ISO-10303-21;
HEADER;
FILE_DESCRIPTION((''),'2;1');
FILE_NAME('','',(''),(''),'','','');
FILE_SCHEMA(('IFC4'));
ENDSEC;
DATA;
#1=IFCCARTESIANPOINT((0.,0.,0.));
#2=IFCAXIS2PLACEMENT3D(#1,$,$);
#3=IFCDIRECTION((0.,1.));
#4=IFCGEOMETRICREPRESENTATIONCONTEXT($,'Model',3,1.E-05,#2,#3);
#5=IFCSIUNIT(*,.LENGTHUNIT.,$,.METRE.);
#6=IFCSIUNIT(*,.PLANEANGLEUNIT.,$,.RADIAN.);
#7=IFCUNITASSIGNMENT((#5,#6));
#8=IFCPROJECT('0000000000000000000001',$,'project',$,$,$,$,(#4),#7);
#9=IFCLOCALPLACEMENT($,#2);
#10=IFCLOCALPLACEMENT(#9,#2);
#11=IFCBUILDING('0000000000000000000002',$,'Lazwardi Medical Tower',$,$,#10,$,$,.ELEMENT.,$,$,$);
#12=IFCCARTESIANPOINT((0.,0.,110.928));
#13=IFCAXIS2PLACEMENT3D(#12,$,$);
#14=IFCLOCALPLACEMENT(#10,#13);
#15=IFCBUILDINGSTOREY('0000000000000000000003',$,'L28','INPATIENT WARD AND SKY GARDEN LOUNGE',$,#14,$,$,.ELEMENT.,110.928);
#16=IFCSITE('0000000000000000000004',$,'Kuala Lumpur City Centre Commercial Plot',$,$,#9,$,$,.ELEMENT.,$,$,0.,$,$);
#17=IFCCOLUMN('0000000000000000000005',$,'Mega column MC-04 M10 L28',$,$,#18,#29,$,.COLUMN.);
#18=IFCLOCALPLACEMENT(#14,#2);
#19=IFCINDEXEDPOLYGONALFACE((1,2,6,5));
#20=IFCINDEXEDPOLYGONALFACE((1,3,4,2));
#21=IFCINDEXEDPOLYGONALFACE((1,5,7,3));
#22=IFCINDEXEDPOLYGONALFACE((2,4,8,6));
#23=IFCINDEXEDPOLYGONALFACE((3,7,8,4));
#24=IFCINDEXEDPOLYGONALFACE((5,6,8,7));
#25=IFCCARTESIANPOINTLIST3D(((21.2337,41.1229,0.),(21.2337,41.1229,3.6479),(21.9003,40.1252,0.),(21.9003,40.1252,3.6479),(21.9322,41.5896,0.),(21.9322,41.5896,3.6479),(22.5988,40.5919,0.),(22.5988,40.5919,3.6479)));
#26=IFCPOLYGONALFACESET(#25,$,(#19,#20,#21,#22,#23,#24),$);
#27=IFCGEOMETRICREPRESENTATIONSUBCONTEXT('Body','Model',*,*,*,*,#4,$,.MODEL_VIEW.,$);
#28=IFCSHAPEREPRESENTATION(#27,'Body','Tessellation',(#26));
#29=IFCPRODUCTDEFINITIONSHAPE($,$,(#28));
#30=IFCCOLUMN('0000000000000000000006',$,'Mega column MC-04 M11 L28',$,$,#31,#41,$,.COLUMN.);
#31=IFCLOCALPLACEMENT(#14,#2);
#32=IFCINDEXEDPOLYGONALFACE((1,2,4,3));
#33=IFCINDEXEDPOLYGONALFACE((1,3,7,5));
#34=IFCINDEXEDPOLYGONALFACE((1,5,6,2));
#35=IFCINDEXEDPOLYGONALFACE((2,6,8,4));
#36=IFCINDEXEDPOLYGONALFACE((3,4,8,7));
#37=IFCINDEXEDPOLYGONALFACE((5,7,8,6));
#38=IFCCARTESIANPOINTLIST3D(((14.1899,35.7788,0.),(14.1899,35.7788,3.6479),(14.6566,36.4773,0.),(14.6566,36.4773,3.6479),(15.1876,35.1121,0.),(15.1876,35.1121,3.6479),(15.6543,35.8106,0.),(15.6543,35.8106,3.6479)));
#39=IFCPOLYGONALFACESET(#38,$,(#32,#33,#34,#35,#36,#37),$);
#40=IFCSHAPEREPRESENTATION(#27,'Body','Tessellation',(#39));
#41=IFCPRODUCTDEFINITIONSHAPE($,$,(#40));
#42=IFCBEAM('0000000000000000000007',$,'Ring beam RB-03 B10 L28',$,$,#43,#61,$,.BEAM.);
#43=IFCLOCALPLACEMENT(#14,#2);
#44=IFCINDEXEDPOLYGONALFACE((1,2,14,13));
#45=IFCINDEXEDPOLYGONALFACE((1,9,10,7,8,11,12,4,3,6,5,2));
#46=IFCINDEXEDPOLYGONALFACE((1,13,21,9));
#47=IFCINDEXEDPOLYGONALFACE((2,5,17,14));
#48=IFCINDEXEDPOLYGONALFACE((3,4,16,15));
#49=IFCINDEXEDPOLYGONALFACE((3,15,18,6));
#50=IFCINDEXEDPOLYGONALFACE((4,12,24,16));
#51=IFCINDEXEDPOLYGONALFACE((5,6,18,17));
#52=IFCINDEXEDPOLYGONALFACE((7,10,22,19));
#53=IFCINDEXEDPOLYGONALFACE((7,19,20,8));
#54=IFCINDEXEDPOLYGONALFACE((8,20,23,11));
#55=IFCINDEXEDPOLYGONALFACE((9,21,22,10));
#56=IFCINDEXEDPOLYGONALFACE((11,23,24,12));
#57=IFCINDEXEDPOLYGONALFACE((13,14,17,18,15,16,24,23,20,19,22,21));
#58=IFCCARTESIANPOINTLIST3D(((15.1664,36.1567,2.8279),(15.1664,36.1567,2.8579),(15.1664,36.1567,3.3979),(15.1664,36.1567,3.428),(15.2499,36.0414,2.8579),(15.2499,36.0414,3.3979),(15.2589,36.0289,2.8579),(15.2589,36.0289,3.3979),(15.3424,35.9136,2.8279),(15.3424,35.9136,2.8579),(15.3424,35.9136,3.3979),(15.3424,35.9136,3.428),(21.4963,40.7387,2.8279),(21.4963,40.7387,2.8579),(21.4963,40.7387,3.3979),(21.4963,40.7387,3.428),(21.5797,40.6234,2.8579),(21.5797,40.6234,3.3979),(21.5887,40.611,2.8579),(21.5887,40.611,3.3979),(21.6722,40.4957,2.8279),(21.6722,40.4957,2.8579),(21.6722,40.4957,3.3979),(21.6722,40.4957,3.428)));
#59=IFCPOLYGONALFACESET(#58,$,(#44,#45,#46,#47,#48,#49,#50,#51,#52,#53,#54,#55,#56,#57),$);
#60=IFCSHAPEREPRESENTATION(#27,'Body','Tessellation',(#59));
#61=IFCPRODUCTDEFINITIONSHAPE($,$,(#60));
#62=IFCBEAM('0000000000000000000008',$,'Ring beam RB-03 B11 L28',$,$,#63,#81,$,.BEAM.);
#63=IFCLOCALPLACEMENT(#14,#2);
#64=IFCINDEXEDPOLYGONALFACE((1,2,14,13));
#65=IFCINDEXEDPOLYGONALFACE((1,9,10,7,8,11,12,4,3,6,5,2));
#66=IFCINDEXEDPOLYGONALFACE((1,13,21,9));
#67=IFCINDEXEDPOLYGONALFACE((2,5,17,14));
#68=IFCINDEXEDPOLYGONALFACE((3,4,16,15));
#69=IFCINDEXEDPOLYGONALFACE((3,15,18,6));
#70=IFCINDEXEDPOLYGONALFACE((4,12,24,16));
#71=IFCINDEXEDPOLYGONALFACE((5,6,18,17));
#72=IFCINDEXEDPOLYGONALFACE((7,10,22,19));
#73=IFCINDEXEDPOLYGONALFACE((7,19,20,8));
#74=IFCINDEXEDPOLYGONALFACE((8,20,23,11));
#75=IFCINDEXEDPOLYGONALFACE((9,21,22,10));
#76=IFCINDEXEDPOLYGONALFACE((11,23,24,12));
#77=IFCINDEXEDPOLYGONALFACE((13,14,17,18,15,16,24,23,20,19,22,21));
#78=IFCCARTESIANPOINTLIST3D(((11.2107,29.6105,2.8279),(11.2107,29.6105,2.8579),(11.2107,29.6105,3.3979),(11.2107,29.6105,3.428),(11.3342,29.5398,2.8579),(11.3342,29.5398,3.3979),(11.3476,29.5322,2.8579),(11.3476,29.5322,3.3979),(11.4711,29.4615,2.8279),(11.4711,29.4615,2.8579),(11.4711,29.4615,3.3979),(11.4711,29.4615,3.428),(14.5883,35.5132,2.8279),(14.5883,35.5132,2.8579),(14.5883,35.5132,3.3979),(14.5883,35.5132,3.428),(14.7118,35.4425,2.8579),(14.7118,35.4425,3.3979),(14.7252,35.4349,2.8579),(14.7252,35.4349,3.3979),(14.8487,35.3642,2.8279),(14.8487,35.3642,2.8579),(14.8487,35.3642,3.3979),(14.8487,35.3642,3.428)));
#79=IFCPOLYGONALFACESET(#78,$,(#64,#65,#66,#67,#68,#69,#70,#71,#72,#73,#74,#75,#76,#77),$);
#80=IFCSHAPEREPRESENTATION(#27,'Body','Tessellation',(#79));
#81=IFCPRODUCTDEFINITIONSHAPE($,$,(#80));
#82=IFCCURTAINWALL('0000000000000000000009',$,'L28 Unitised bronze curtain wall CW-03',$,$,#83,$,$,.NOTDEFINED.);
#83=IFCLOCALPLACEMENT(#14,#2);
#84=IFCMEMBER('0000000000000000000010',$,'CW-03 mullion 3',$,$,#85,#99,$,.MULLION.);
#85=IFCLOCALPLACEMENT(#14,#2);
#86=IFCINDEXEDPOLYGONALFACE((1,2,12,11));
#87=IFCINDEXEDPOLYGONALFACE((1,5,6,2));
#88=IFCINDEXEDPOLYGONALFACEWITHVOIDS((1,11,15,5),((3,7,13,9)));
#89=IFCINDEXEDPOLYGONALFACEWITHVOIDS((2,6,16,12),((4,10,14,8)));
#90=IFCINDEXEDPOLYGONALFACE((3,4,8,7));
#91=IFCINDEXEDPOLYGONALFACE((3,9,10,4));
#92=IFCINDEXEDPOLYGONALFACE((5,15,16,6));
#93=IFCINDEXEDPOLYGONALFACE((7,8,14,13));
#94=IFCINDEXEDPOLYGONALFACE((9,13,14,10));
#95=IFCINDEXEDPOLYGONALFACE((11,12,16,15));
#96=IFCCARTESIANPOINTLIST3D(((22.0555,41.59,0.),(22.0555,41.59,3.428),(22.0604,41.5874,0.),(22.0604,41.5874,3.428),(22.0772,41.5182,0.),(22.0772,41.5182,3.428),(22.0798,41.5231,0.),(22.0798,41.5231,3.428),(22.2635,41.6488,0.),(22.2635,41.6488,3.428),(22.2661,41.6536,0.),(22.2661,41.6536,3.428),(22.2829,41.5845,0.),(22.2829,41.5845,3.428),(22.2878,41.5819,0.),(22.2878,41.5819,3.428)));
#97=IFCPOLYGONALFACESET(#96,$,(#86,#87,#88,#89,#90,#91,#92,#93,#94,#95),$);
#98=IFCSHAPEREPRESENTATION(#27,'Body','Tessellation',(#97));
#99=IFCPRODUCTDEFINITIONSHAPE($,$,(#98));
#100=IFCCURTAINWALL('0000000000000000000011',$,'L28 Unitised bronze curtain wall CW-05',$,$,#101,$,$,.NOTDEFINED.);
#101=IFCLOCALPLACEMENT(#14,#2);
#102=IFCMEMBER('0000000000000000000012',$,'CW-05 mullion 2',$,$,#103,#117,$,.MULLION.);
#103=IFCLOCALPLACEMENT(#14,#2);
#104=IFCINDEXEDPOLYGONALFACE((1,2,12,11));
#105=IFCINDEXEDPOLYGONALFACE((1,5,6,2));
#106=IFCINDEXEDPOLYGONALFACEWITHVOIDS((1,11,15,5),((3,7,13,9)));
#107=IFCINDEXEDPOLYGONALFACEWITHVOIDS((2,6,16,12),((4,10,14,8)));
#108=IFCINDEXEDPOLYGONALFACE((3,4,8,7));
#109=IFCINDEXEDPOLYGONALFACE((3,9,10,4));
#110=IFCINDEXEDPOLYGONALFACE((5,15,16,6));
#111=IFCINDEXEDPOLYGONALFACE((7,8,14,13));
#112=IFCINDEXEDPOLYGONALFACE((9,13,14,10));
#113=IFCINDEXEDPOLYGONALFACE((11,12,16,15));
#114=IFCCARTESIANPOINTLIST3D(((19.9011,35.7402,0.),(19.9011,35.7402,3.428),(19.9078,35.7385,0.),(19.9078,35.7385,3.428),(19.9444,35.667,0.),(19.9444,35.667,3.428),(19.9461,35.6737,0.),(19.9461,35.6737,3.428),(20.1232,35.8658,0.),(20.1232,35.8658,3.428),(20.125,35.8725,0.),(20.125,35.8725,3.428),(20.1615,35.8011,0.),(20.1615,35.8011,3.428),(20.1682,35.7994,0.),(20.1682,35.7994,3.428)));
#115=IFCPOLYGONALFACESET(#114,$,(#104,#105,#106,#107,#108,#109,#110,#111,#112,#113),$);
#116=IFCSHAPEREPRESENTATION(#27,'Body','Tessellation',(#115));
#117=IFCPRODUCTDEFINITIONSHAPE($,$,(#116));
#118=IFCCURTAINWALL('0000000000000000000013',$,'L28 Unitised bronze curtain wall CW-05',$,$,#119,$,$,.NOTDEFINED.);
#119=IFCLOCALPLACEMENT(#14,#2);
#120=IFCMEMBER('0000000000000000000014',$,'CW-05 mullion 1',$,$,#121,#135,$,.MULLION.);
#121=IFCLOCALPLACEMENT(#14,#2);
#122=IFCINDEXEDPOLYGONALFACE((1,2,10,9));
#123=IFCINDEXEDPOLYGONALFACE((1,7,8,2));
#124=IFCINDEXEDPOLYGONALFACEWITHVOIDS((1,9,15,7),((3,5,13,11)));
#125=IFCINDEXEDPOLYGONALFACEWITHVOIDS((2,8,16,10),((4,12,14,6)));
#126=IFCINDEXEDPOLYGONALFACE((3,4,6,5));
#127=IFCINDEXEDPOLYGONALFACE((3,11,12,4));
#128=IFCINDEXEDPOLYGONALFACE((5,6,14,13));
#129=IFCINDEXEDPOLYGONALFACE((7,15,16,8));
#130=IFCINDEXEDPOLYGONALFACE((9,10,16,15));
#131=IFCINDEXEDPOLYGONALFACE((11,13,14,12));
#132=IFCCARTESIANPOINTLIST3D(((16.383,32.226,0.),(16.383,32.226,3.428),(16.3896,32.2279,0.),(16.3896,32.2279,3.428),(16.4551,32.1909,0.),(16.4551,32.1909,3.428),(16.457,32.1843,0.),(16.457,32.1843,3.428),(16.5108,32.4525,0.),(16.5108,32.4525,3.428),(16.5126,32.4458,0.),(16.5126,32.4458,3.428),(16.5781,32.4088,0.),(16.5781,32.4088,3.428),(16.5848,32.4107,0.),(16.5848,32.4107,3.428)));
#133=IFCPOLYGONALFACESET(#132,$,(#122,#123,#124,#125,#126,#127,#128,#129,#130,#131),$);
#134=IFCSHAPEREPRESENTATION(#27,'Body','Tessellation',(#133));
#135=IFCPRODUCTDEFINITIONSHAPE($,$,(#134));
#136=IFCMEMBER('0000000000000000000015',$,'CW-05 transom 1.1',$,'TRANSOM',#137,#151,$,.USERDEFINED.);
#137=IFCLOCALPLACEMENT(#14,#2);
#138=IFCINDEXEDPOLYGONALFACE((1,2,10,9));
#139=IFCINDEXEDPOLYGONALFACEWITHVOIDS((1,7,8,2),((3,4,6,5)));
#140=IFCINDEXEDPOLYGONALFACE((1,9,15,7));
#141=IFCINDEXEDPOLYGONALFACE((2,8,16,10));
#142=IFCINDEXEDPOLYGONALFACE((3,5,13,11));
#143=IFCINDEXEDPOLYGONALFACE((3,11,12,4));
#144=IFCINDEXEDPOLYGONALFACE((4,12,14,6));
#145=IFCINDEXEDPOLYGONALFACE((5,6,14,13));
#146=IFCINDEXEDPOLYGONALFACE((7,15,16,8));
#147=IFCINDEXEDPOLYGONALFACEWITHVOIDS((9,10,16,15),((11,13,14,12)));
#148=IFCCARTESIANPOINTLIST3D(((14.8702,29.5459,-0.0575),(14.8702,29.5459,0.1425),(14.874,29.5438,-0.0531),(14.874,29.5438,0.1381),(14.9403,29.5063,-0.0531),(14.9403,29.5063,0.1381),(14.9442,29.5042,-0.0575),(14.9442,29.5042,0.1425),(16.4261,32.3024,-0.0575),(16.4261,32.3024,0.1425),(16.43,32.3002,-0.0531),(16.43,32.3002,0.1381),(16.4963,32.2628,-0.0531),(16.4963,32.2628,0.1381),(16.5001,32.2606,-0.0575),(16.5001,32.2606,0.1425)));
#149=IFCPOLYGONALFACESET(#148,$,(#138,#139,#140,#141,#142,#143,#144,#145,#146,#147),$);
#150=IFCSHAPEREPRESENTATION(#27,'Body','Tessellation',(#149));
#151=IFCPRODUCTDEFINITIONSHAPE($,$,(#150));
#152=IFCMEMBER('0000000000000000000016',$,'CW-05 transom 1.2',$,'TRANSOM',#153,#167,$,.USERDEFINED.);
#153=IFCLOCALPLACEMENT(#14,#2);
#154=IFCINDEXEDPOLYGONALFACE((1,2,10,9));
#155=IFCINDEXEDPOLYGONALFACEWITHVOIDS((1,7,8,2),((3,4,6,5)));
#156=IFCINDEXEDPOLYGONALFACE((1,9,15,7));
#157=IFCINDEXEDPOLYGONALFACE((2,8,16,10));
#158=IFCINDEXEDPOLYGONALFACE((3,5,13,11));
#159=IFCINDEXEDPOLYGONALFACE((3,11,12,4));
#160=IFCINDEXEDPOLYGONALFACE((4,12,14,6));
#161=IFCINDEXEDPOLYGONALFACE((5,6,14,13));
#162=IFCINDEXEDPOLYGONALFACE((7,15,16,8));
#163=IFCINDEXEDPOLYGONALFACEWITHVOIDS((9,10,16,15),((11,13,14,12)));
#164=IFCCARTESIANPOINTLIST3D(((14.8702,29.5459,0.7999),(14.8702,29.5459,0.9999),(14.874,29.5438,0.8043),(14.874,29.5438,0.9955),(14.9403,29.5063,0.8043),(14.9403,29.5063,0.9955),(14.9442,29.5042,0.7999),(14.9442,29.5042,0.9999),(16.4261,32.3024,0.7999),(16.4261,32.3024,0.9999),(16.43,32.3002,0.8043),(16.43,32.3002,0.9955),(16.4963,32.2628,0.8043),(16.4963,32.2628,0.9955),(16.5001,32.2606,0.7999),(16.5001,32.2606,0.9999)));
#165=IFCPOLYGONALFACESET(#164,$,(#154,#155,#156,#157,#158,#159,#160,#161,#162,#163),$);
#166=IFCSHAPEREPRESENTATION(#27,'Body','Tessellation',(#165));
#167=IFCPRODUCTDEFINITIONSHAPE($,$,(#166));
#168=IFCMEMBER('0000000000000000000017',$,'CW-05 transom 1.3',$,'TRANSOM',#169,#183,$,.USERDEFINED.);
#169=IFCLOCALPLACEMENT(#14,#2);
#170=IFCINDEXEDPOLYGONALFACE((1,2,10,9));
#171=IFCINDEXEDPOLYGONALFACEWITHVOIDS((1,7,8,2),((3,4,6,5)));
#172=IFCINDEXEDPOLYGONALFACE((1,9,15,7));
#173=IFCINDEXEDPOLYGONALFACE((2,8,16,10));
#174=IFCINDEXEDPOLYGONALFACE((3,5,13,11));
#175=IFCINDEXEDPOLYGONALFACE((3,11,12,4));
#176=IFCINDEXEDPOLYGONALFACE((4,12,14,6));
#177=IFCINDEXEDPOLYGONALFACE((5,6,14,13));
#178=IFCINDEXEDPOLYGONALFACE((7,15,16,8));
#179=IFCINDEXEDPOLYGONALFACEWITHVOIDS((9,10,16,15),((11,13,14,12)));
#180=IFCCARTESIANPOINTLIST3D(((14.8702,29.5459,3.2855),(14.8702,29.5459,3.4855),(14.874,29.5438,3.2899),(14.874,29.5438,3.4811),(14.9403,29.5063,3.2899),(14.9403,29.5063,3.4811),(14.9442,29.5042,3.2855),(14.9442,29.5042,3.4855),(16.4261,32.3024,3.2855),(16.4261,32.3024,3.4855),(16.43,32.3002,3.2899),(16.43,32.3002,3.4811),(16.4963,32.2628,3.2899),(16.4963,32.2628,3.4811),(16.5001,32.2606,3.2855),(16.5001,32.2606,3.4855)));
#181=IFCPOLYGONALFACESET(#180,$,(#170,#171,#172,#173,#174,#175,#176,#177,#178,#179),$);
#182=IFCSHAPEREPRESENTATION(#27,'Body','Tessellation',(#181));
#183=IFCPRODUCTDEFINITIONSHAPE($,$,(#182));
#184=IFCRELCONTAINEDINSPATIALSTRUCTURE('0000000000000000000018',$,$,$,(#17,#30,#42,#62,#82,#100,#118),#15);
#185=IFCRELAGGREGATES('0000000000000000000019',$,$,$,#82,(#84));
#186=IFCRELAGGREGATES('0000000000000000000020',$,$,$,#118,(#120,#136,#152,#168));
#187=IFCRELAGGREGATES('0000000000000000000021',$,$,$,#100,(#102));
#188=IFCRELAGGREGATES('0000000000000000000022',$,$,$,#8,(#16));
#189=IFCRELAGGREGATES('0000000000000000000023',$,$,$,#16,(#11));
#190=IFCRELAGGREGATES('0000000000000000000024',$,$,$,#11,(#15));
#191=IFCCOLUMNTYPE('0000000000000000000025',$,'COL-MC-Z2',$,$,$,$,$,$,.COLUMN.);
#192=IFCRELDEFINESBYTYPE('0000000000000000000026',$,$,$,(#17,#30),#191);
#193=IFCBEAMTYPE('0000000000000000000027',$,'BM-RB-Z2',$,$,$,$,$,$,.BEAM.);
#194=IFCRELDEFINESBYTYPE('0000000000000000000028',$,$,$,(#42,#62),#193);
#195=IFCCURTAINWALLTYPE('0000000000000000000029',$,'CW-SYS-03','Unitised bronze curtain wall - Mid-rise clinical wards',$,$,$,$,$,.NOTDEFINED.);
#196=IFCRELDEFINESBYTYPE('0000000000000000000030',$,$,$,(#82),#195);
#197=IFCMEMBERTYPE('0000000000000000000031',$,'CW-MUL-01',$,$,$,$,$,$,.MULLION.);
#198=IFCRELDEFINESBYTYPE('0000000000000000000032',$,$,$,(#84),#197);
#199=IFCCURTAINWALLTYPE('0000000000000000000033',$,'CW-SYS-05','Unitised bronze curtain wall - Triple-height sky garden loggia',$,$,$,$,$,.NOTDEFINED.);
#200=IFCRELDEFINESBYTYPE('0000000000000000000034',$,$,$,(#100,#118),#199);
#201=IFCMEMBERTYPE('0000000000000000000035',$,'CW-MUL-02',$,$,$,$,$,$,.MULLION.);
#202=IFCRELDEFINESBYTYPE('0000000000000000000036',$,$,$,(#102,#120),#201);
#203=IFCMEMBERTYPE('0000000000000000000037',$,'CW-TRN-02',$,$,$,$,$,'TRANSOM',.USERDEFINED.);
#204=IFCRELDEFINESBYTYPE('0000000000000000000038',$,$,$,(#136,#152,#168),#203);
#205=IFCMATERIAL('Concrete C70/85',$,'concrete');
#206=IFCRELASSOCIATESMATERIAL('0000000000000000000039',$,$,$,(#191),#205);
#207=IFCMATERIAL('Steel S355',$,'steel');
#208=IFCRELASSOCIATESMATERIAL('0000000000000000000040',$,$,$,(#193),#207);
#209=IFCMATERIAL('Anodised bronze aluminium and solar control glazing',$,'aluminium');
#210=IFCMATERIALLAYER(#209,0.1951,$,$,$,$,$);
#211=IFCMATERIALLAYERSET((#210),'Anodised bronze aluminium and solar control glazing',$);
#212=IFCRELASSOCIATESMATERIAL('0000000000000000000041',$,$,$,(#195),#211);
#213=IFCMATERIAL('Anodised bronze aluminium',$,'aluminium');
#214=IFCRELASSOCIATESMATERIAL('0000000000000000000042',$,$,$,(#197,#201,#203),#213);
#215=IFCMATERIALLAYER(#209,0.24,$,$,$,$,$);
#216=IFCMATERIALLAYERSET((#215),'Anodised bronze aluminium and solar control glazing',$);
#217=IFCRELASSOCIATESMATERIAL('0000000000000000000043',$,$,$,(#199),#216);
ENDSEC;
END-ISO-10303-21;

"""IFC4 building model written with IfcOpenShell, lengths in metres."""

from ifc_helpers import new_model, si_unit, direction, frame, origin, origin_2d, place, context, subcontext, project, spatial, rectangle, hollow_rectangle, i_section, extrude, material, layer, layer_set, material_profile, profile_set, type_object, element, aggregate, save


model = new_model("IFC4")

# Units and contexts
model_context = context("Model", 3, precision=1e-05, world=origin(), true_north=direction((0.0, 1.0)))
body_context = subcontext(model_context, "Body", "Model", "MODEL_VIEW")
ifc_project = project(units=[si_unit("LENGTHUNIT", "METRE"), si_unit("PLANEANGLEUNIT", "RADIAN")], contexts=[model_context])

# Site, building, storey
site_placement = place(None, origin())
site = spatial("IfcSite", under=ifc_project, at=site_placement, Name="Kuala Lumpur City Centre Commercial Plot", CompositionType="ELEMENT", RefElevation=0.0)
building_placement = place(site_placement, origin())
building = spatial("IfcBuilding", under=site, at=building_placement, Name="Lazwardi Medical Tower", CompositionType="ELEMENT")
storey_placement = place(building_placement, frame((0.0, 0.0, 110.928)))
storey = spatial("IfcBuildingStorey", under=building, at=storey_placement, Name="L28", Description="INPATIENT WARD AND SKY GARDEN LOUNGE", CompositionType="ELEMENT", Elevation=110.928)

# Columns
ifc_material_1 = material(Name="Concrete C70/85", Category="concrete")
ifc_material_profile_1 = material_profile(ifc_material_1, rectangle(XDim=1.2, YDim=0.8401, at=origin_2d()), Name="CFT-RECT 1200x840")
ifc_profile_set_1 = profile_set([ifc_material_profile_1], Name="Concrete C70/85")
column_type = type_object("IfcColumnType", Name="COL-MC-Z2", PredefinedType="COLUMN", material=ifc_profile_set_1)
for number, where, z_axis, x_axis, name in (
    (1, (21.9163, 40.8574, 0.0), (0.0, 0.0, 1.0), (-0.55557, 0.83147, 0.0), "Mega column MC-04 M10 L28"),
    (2, (14.9221, 35.7947, 0.0), (0.0, 0.0, 1.0), (-0.83147, 0.55557, 0.0), "Mega column MC-04 M11 L28"),
):
    element("IfcColumn", number, at=place(storey_placement, frame(where, z_axis=z_axis, x_axis=x_axis)), inside=storey, type_object=column_type, Name=name, PredefinedType="COLUMN", context=body_context, shape_type="SweptSolid", body=[
        extrude(rectangle(XDim=1.2, YDim=0.8401, at=origin_2d()), origin(), (0.0, 0.0, 1.0), 3.6479),
    ])

# Beams
ifc_material_2 = material(Name="Steel S355", Category="steel")
ifc_material_profile_2 = material_profile(ifc_material_2, i_section(OverallWidth=0.3, OverallDepth=0.6001, WebThickness=0.0154, FlangeThickness=0.03, at=origin_2d()), Name="HEB 600")
ifc_profile_set_2 = profile_set([ifc_material_profile_2], Name="Steel S355")
beam_type = type_object("IfcBeamType", Name="BM-RB-Z2", PredefinedType="BEAM", material=ifc_profile_set_2)
beam_1_placement = place(storey_placement, frame((21.5842, 40.6172, 3.1279), z_axis=(-0.810042, -0.586372, 0.0), x_axis=(0.586372, -0.810042, 0.0)))
element("IfcBeam", 3, at=beam_1_placement, inside=storey, type_object=beam_type, Name="Ring beam RB-03 B10 L28", PredefinedType="BEAM", context=body_context, shape_type="SweptSolid", body=[
    extrude(i_section(OverallWidth=0.3, OverallDepth=0.6001, WebThickness=0.0154, FlangeThickness=0.03, at=origin_2d()), origin(), (0.0, 0.0, 1.0), 7.8142),
])
beam_2_placement = place(storey_placement, frame((14.7185, 35.4387, 3.1279), z_axis=(-0.496653, -0.867949, 0.0), x_axis=(0.867949, -0.496653, 0.0)))
element("IfcBeam", 4, at=beam_2_placement, inside=storey, type_object=beam_type, Name="Ring beam RB-03 B11 L28", PredefinedType="BEAM", context=body_context, shape_type="SweptSolid", body=[
    extrude(i_section(OverallWidth=0.3, OverallDepth=0.6001, WebThickness=0.0154, FlangeThickness=0.03, at=origin_2d()), origin(), (0.0, 0.0, 1.0), 6.8008),
])

# Curtain walls, members
ifc_material_3 = material(Name="Anodised bronze aluminium and solar control glazing", Category="aluminium")
ifc_layer_1 = layer(ifc_material_3, 0.1951)
ifc_layer_set_1 = layer_set([ifc_layer_1], Name="Anodised bronze aluminium and solar control glazing")
curtain_wall_type_1 = type_object("IfcCurtainWallType", Name="CW-SYS-03", Description="Unitised bronze curtain wall - Mid-rise clinical wards", PredefinedType="NOTDEFINED", material=ifc_layer_set_1)
curtain_wall_1_placement = place(storey_placement, origin())
curtain_wall_1 = element("IfcCurtainWall", 5, at=curtain_wall_1_placement, inside=storey, type_object=curtain_wall_type_1, Name="L28 Unitised bronze curtain wall CW-03", PredefinedType="NOTDEFINED")
ifc_material_4 = material(Name="Anodised bronze aluminium", Category="aluminium")
ifc_material_profile_3 = material_profile(ifc_material_4, hollow_rectangle(XDim=0.075, YDim=0.22, WallThickness=0.0039, at=origin_2d()), Name="ALU-MULLION 220x75x4")
ifc_profile_set_3 = profile_set([ifc_material_profile_3], Name="Anodised bronze aluminium")
member_type_1 = type_object("IfcMemberType", Name="CW-MUL-01", PredefinedType="MULLION", material=ifc_profile_set_3)
member_1_placement = place(storey_placement, frame((22.1716, 41.5859, 0.0), z_axis=(0.0, 0.0, 1.0), x_axis=(0.289374, -0.957216, 0.0)))
member_1 = element("IfcMember", 6, at=member_1_placement, type_object=member_type_1, Name="CW-03 mullion 3", PredefinedType="MULLION", context=body_context, shape_type="SweptSolid", body=[
    extrude(hollow_rectangle(XDim=0.075, YDim=0.22, WallThickness=0.0039, at=origin_2d()), origin(), (0.0, 0.0, 1.0), 3.428),
])
aggregate(curtain_wall_1, [member_1])
ifc_layer_2 = layer(ifc_material_3, 0.24)
ifc_layer_set_2 = layer_set([ifc_layer_2], Name="Anodised bronze aluminium and solar control glazing")
curtain_wall_type_2 = type_object("IfcCurtainWallType", Name="CW-SYS-05", Description="Unitised bronze curtain wall - Triple-height sky garden loggia", PredefinedType="NOTDEFINED", material=ifc_layer_set_2)
curtain_wall_2_placement = place(storey_placement, origin())
curtain_wall_2 = element("IfcCurtainWall", 7, at=curtain_wall_2_placement, inside=storey, type_object=curtain_wall_type_2, Name="L28 Unitised bronze curtain wall CW-05", PredefinedType="NOTDEFINED")
ifc_material_profile_4 = material_profile(ifc_material_4, hollow_rectangle(XDim=0.085, YDim=0.26, WallThickness=0.0049, at=origin_2d()), Name="ALU-MULLION 260x85x5")
ifc_profile_set_4 = profile_set([ifc_material_profile_4], Name="Anodised bronze aluminium")
member_type_2 = type_object("IfcMemberType", Name="CW-MUL-02", PredefinedType="MULLION", material=ifc_profile_set_4)
member_2_placement = place(storey_placement, frame((20.0347, 35.7698, 0.0), z_axis=(0.0, 0.0, 1.0), x_axis=(0.508918, -0.860815, 0.0)))
member_2 = element("IfcMember", 8, at=member_2_placement, type_object=member_type_2, Name="CW-05 mullion 2", PredefinedType="MULLION", context=body_context, shape_type="SweptSolid", body=[
    extrude(hollow_rectangle(XDim=0.085, YDim=0.26, WallThickness=0.0049, at=origin_2d()), origin(), (0.0, 0.0, 1.0), 3.428),
])

# Curtain wall, members
curtain_wall_3_placement = place(storey_placement, origin())
curtain_wall_3 = element("IfcCurtainWall", 9, at=curtain_wall_3_placement, inside=storey, type_object=curtain_wall_type_2, Name="L28 Unitised bronze curtain wall CW-05", PredefinedType="NOTDEFINED")
member_3_placement = place(storey_placement, frame((16.4839, 32.3184, 0.0), z_axis=(0.0, 0.0, 1.0), x_axis=(0.870846, -0.491556, 0.0)))
member_3 = element("IfcMember", 10, at=member_3_placement, type_object=member_type_2, Name="CW-05 mullion 1", PredefinedType="MULLION", context=body_context, shape_type="SweptSolid", body=[
    extrude(hollow_rectangle(XDim=0.085, YDim=0.26, WallThickness=0.0049, at=origin_2d()), origin(), (0.0, 0.0, 1.0), 3.428),
])
ifc_material_profile_5 = material_profile(ifc_material_4, hollow_rectangle(XDim=0.085, YDim=0.2, WallThickness=0.0044, at=origin_2d()), Name="ALU-TRANSOM 200x85x4.5")
ifc_profile_set_5 = profile_set([ifc_material_profile_5], Name="Anodised bronze aluminium")
member_type_3 = type_object("IfcMemberType", Name="CW-TRN-02", ElementType="TRANSOM", PredefinedType="USERDEFINED", material=ifc_profile_set_5)
member_4_placement = place(storey_placement, frame((16.4631, 32.2815, 0.0425), z_axis=(-0.491572, -0.870837, 0.0), x_axis=(0.870837, -0.491572, 0.0)))
member_4 = element("IfcMember", 11, at=member_4_placement, type_object=member_type_3, Name="CW-05 transom 1.1", ObjectType="TRANSOM", PredefinedType="USERDEFINED", context=body_context, shape_type="SweptSolid", body=[
    extrude(hollow_rectangle(XDim=0.085, YDim=0.2, WallThickness=0.0044, at=origin_2d()), origin(), (0.0, 0.0, 1.0), 3.1653),
])
member_5_placement = place(storey_placement, frame((16.4631, 32.2815, 0.8999), z_axis=(-0.491572, -0.870837, 0.0), x_axis=(0.870837, -0.491572, 0.0)))
member_5 = element("IfcMember", 12, at=member_5_placement, type_object=member_type_3, Name="CW-05 transom 1.2", ObjectType="TRANSOM", PredefinedType="USERDEFINED", context=body_context, shape_type="SweptSolid", body=[
    extrude(hollow_rectangle(XDim=0.085, YDim=0.2, WallThickness=0.0044, at=origin_2d()), origin(), (0.0, 0.0, 1.0), 3.1653),
])
member_6_placement = place(storey_placement, frame((16.4631, 32.2815, 3.3855), z_axis=(-0.491572, -0.870837, 0.0), x_axis=(0.870837, -0.491572, 0.0)))
member_6 = element("IfcMember", 13, at=member_6_placement, type_object=member_type_3, Name="CW-05 transom 1.3", ObjectType="TRANSOM", PredefinedType="USERDEFINED", context=body_context, shape_type="SweptSolid", body=[
    extrude(hollow_rectangle(XDim=0.085, YDim=0.2, WallThickness=0.0044, at=origin_2d()), origin(), (0.0, 0.0, 1.0), 3.1653),
])
aggregate(curtain_wall_3, [member_3, member_4, member_5, member_6])

aggregate(curtain_wall_2, [member_2])

save(model, "model.ifc")
